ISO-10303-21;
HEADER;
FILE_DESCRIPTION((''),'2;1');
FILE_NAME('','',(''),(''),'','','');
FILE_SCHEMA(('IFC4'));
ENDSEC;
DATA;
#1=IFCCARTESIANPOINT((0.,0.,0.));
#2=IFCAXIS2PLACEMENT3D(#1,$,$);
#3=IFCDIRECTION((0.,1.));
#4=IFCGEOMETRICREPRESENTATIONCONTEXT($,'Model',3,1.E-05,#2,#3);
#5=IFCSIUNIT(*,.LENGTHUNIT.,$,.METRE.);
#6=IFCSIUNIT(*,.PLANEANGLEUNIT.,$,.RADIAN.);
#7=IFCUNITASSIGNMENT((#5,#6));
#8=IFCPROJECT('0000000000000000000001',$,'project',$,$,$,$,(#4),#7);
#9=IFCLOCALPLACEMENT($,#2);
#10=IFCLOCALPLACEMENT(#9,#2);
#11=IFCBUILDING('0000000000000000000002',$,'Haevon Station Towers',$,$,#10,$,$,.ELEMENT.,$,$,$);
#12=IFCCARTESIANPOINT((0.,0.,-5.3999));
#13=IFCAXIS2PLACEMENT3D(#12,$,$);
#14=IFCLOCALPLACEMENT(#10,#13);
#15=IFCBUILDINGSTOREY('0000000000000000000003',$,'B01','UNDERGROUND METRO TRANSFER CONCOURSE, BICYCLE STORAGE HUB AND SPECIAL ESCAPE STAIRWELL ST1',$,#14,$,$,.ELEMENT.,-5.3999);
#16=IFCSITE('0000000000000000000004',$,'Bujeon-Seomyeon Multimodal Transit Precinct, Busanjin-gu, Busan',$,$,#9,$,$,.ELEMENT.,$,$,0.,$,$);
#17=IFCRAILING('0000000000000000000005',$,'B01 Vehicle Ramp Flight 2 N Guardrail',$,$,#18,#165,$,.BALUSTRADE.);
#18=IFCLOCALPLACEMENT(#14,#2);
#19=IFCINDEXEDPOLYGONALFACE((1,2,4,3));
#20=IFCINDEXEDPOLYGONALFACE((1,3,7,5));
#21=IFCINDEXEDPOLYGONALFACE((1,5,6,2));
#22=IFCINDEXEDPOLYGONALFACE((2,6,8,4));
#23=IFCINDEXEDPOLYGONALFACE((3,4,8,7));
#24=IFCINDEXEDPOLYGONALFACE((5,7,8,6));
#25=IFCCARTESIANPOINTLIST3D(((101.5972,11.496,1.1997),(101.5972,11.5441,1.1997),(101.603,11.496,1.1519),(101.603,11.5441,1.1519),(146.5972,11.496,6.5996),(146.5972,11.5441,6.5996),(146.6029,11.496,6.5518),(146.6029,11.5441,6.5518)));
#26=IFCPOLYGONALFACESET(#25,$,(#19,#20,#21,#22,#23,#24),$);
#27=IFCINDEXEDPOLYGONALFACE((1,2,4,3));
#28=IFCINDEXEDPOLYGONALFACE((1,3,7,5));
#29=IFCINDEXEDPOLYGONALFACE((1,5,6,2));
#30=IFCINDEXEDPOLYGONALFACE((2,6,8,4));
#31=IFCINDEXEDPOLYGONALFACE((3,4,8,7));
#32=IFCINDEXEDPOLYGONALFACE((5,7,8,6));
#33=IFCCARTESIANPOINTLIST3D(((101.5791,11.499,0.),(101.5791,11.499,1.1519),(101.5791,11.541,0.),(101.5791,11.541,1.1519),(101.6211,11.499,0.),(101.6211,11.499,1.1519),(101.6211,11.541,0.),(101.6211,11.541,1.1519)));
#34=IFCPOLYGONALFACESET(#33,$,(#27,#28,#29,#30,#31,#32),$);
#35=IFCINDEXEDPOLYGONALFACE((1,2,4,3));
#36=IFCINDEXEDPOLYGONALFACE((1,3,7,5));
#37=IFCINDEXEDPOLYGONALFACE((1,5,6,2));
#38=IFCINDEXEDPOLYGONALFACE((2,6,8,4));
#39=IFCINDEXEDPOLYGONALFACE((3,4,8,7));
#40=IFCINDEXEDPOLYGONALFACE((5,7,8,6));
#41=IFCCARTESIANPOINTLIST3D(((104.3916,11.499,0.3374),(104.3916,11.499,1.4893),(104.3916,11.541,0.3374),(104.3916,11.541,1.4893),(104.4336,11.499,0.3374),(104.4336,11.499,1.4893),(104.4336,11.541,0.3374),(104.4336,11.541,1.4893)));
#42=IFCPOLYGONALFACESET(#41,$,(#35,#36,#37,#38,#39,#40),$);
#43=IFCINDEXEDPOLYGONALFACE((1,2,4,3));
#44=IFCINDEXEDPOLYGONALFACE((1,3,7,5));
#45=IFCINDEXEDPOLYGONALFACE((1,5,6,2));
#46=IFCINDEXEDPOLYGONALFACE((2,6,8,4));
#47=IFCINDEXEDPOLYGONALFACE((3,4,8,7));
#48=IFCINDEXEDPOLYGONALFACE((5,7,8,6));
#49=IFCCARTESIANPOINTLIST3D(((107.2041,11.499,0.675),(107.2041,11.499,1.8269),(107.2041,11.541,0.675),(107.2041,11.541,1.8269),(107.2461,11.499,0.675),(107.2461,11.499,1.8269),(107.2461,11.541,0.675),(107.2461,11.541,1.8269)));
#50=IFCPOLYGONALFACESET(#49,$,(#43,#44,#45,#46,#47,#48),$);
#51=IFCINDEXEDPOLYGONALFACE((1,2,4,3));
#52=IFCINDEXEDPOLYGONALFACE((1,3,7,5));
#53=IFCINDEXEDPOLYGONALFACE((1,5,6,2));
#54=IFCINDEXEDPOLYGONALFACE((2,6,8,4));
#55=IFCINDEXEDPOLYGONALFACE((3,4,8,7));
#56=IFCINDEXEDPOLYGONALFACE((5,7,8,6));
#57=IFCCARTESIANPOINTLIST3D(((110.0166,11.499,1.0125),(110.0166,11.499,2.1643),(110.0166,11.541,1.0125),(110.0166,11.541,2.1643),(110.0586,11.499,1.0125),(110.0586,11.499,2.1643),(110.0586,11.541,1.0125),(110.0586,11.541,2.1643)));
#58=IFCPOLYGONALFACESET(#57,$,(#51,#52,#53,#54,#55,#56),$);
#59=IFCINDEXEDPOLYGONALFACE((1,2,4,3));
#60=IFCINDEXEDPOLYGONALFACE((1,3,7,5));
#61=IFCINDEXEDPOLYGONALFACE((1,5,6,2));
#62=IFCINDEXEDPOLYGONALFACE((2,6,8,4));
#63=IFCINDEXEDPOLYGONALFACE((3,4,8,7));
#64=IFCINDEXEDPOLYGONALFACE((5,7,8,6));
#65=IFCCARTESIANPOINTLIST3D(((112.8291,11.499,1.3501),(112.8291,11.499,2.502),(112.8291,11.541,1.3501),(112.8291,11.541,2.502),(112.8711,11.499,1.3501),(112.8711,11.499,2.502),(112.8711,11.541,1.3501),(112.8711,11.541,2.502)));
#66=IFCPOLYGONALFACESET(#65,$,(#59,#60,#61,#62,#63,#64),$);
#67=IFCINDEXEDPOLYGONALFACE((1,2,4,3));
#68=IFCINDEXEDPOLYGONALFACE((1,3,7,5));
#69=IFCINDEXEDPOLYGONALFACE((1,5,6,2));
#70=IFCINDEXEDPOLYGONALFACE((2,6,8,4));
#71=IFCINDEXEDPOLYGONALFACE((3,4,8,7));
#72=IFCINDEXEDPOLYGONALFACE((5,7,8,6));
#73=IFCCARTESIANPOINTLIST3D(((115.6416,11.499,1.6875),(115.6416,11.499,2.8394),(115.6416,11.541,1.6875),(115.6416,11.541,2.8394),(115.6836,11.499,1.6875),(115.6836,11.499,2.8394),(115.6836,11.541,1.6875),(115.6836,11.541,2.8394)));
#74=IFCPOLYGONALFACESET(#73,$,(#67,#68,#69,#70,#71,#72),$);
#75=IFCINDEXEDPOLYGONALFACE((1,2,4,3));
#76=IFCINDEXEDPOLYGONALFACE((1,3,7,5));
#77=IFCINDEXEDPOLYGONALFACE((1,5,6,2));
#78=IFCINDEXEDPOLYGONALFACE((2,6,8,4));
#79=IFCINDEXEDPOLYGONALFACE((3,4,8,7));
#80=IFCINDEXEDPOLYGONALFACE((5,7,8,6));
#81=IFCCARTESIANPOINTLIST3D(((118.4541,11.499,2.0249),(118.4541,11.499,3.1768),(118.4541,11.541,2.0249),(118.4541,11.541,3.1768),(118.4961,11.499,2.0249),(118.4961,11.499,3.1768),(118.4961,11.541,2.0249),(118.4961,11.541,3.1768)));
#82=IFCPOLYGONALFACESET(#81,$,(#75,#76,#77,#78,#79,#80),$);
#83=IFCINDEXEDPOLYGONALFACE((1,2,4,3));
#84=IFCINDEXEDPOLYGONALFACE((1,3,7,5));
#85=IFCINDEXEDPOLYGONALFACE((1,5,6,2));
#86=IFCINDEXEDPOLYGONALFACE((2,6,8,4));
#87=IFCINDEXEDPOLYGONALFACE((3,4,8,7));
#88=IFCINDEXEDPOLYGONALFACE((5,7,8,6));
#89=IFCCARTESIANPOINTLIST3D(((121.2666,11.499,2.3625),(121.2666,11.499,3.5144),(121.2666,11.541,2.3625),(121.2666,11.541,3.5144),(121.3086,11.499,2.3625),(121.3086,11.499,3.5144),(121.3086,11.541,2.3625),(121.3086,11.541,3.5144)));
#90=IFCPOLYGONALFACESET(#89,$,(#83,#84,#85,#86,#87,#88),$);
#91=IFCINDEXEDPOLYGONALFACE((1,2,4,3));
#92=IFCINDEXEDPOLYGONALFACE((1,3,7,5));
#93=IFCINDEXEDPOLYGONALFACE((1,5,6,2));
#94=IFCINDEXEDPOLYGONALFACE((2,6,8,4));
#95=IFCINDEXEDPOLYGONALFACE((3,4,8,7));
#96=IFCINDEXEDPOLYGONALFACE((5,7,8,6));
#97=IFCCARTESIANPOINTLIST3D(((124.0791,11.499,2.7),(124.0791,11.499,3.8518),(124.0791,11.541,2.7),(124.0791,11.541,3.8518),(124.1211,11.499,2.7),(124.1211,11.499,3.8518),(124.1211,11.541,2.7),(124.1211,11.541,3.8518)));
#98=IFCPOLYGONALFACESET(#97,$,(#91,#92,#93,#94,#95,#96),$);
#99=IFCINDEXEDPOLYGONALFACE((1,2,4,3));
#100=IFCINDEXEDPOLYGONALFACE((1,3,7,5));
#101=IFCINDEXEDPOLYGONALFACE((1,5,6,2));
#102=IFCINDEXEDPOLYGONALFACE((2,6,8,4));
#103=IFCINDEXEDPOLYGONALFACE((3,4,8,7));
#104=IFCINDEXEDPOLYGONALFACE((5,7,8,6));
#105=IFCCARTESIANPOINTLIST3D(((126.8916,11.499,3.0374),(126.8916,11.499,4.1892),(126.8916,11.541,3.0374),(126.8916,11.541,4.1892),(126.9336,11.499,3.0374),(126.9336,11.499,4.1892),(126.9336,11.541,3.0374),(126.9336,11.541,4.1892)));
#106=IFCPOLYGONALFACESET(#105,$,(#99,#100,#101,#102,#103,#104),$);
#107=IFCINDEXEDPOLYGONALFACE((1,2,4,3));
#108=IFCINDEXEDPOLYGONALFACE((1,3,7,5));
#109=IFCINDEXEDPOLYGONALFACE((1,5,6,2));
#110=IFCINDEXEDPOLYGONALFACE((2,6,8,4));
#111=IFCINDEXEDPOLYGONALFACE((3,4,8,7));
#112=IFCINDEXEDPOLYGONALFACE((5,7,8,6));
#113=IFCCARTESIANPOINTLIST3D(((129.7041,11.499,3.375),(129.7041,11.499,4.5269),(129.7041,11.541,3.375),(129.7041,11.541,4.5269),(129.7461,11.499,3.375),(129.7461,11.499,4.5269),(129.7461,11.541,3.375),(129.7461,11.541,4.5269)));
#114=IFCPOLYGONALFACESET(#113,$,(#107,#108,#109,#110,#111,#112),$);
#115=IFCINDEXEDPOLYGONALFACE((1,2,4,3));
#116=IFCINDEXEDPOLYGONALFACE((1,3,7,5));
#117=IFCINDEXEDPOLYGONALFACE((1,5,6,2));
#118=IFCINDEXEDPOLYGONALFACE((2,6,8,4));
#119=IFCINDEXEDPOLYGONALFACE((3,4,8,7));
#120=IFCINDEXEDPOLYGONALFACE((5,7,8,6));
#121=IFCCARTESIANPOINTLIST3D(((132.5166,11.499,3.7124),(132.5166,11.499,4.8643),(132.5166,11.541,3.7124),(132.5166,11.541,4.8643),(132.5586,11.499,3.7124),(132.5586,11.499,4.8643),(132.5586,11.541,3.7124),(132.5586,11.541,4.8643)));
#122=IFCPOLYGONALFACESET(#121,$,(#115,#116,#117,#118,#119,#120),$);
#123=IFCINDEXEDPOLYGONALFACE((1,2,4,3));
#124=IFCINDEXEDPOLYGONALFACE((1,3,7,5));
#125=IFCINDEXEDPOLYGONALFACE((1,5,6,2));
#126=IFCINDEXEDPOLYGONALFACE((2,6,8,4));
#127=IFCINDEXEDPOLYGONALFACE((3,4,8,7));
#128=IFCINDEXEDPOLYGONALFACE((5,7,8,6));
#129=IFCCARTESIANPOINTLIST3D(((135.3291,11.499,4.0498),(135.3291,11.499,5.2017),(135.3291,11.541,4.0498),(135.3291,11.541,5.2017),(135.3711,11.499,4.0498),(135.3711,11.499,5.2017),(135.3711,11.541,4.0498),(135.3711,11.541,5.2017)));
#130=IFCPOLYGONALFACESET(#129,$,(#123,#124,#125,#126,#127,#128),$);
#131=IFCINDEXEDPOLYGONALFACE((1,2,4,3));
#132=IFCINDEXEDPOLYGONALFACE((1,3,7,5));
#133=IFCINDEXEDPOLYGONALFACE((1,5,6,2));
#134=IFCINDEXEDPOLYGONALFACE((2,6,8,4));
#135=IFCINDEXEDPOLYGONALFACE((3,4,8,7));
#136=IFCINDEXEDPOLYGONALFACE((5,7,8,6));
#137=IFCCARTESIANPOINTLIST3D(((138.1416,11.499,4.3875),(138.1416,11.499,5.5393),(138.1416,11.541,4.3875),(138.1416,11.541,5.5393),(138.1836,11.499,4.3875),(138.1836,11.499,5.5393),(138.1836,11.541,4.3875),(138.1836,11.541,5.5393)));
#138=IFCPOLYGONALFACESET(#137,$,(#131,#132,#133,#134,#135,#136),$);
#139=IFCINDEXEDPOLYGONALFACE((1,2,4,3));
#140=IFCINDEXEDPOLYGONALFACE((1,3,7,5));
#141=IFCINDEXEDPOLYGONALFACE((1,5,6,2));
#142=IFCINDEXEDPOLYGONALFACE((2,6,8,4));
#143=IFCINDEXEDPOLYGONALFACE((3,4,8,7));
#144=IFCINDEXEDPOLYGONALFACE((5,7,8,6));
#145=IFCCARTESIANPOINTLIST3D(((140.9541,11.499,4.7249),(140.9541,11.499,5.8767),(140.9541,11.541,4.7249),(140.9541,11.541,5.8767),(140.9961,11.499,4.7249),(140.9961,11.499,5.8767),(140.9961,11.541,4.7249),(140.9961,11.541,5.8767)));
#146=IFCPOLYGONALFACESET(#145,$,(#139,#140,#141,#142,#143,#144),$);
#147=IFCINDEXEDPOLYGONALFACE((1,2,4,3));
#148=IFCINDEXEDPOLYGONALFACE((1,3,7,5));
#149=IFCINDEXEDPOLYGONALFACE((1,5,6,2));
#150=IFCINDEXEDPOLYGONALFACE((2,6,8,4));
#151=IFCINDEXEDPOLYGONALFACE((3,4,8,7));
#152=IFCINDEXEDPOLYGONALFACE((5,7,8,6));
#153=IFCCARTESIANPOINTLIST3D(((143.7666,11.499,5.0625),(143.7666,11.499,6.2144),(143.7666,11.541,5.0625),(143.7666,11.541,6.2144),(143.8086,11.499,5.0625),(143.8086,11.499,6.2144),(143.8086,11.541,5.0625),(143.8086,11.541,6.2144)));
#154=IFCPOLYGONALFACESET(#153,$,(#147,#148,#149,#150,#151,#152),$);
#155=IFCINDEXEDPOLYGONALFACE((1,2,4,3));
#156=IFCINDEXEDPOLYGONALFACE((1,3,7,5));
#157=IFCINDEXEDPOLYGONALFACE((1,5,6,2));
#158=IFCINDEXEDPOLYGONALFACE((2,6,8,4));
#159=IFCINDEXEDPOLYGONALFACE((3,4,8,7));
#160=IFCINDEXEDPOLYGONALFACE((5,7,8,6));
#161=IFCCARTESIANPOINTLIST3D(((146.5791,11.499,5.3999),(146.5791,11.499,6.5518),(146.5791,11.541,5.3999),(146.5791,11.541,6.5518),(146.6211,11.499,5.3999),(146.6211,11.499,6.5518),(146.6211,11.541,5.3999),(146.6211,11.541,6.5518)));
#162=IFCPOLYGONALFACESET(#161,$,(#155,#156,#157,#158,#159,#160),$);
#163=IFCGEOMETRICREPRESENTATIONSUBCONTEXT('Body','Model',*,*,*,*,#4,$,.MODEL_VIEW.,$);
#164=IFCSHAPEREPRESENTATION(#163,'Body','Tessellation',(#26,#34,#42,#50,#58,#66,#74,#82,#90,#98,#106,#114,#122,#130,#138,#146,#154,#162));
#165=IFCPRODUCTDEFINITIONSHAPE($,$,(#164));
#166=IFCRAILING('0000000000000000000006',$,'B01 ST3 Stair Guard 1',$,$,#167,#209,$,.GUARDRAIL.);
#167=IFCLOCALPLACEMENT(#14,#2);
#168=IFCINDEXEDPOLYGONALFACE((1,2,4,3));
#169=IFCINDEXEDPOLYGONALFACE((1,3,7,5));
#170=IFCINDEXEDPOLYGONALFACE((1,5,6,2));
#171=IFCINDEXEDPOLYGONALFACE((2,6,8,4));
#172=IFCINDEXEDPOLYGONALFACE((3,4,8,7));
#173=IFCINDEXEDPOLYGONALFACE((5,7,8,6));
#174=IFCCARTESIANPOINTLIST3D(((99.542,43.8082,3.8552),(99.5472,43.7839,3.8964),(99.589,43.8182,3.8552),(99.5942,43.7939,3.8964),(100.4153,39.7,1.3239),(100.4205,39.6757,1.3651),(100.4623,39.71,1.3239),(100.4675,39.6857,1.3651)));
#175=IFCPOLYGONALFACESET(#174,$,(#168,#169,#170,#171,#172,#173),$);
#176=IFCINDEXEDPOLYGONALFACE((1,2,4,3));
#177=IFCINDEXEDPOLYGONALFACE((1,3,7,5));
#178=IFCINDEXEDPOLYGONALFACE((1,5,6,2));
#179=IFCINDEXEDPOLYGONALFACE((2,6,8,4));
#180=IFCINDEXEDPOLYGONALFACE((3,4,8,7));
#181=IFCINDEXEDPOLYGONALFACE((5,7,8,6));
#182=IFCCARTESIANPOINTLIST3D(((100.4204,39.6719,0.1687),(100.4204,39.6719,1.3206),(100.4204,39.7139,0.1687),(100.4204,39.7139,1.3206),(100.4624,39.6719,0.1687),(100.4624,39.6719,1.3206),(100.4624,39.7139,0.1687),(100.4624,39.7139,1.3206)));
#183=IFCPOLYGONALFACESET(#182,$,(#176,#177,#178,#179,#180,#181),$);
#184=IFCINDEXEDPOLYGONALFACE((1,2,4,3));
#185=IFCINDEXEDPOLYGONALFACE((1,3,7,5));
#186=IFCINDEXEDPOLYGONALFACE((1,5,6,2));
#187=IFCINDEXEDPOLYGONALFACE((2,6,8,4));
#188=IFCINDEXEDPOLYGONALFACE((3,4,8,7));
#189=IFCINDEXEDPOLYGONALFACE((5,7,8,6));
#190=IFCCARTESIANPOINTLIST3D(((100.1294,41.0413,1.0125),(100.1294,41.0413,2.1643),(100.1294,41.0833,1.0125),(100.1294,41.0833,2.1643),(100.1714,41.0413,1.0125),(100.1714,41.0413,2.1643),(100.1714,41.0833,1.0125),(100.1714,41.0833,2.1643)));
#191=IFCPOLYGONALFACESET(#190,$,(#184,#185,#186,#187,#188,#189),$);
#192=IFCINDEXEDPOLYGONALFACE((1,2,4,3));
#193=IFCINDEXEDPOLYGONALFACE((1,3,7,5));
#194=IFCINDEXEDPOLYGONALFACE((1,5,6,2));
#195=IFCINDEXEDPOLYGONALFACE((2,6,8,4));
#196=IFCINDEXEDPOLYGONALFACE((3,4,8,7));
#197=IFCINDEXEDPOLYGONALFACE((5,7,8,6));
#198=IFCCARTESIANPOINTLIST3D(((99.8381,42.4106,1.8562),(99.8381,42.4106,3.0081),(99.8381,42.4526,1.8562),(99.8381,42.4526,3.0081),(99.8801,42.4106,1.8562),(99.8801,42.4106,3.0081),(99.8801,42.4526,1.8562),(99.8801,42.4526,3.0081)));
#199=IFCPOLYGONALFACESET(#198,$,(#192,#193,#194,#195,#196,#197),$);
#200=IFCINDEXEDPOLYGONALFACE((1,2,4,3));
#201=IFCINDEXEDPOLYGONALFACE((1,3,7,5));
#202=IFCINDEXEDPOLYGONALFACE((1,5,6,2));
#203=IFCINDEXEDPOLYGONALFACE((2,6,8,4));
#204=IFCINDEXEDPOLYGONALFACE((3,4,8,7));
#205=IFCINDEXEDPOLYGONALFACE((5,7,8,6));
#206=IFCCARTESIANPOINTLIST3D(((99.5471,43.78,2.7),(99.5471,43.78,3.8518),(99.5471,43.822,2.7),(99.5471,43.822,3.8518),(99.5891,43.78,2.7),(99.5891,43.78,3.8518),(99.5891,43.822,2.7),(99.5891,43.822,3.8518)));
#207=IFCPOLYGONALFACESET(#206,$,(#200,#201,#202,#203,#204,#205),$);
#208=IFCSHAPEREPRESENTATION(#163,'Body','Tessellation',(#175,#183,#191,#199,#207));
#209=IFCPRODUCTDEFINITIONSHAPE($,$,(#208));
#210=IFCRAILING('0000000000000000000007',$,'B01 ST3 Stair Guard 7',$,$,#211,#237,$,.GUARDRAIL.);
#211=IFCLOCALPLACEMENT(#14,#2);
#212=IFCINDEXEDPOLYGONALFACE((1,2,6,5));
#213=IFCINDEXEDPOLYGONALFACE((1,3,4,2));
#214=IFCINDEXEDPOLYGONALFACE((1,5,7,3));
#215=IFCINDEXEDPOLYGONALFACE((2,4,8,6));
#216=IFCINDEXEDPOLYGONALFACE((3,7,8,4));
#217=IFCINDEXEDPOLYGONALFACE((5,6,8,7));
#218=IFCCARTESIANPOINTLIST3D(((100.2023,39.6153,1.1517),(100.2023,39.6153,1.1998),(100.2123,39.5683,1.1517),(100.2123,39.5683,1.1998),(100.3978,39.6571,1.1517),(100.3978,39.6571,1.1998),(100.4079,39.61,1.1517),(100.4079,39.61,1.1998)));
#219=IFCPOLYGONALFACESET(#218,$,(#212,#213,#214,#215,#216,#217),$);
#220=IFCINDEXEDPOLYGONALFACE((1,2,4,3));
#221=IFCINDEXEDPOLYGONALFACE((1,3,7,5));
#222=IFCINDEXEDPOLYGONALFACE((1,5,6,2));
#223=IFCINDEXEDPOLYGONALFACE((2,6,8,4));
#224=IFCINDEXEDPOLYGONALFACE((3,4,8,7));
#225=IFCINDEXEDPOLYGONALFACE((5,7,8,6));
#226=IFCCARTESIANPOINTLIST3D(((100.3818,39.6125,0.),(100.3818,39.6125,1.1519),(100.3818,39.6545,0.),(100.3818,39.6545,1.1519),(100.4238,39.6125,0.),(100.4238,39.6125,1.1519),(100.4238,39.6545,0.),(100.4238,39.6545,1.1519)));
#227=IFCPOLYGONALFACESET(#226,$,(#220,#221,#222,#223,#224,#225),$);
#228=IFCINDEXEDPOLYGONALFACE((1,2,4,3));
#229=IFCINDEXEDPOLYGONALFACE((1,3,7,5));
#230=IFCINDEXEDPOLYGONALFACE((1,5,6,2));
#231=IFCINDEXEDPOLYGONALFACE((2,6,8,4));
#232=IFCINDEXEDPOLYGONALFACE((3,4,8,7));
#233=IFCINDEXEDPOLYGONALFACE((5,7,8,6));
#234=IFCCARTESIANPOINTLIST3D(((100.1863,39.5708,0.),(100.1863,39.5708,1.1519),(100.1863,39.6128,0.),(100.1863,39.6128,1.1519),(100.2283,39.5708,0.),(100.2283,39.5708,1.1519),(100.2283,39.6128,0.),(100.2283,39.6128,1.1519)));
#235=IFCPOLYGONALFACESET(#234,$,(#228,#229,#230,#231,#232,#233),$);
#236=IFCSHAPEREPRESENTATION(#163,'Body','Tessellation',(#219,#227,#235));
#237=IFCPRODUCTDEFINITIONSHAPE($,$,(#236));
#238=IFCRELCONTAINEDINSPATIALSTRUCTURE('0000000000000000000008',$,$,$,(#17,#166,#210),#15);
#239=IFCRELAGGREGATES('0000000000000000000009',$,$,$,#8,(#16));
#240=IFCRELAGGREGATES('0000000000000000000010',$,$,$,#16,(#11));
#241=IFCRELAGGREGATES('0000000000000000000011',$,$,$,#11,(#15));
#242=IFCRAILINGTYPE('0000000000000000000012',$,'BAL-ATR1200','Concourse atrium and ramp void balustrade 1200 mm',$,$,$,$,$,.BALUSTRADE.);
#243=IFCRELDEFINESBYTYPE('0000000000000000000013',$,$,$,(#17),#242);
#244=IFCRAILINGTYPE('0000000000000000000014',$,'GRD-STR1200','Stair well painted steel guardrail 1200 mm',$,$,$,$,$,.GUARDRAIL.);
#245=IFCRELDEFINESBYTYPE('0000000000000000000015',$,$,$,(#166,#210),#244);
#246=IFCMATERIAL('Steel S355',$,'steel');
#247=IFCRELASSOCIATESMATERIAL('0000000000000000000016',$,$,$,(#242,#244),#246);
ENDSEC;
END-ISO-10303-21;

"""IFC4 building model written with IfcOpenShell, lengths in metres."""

from ifc_helpers import new_model, si_unit, direction, frame, origin, origin_2d, place, context, subcontext, project, spatial, rectangle, extrude, material, type_object, element, save


model = new_model("IFC4")

# Units and contexts
model_context = context("Model", 3, precision=1e-05, world=origin(), true_north=direction((0.0, 1.0)))
body_context = subcontext(model_context, "Body", "Model", "MODEL_VIEW")
ifc_project = project(units=[si_unit("LENGTHUNIT", "METRE"), si_unit("PLANEANGLEUNIT", "RADIAN")], contexts=[model_context])

# Site, building, storey
site_placement = place(None, origin())
site = spatial("IfcSite", under=ifc_project, at=site_placement, Name="Bujeon-Seomyeon Multimodal Transit Precinct, Busanjin-gu, Busan", CompositionType="ELEMENT", RefElevation=0.0)
building_placement = place(site_placement, origin())
building = spatial("IfcBuilding", under=site, at=building_placement, Name="Haevon Station Towers", CompositionType="ELEMENT")
storey_placement = place(building_placement, frame((0.0, 0.0, -5.3999)))
storey = spatial("IfcBuildingStorey", under=building, at=storey_placement, Name="B01", Description="UNDERGROUND METRO TRANSFER CONCOURSE, BICYCLE STORAGE HUB AND SPECIAL ESCAPE STAIRWELL ST1", CompositionType="ELEMENT", Elevation=-5.3999)

# Shared definitions
ifc_material_1 = material(Name="Steel S355", Category="steel")

# Railings
railing_type_1 = type_object("IfcRailingType", Name="BAL-ATR1200", Description="Concourse atrium and ramp void balustrade 1200 mm", PredefinedType="BALUSTRADE", material=ifc_material_1)
railing_1_placement = place(storey_placement, frame((101.6001, 11.52, 0.0)))
element("IfcRailing", 1, at=railing_1_placement, inside=storey, type_object=railing_type_1, Name="B01 Vehicle Ramp Flight 2 N Guardrail", PredefinedType="BALUSTRADE", context=body_context, shape_type="SweptSolid", body=[
    extrude(rectangle(XDim=0.0481, YDim=0.0481, at=origin_2d()), frame((0.0, 0.0, 1.1758), z_axis=(0.992877, 0.0, 0.119143), x_axis=(0.0, 1.0, 0.0)), (0.0, 0.0, 1.0), 45.3228),
    extrude(rectangle(XDim=0.042, YDim=0.042, at=origin_2d()), origin(), (0.0, 0.0, 1.0), 1.1519),
    extrude(rectangle(XDim=0.042, YDim=0.042, at=origin_2d()), frame((2.8125, 0.0, 0.3374)), (0.0, 0.0, 1.0), 1.1519),
    extrude(rectangle(XDim=0.042, YDim=0.042, at=origin_2d()), frame((5.625, 0.0, 0.675)), (0.0, 0.0, 1.0), 1.1519),
    extrude(rectangle(XDim=0.042, YDim=0.042, at=origin_2d()), frame((8.4375, 0.0, 1.0125)), (0.0, 0.0, 1.0), 1.1519),
    extrude(rectangle(XDim=0.042, YDim=0.042, at=origin_2d()), frame((11.25, 0.0, 1.3501)), (0.0, 0.0, 1.0), 1.1519),
    extrude(rectangle(XDim=0.042, YDim=0.042, at=origin_2d()), frame((14.0625, 0.0, 1.6875)), (0.0, 0.0, 1.0), 1.1519),
    extrude(rectangle(XDim=0.042, YDim=0.042, at=origin_2d()), frame((16.875, 0.0, 2.0249)), (0.0, 0.0, 1.0), 1.1519),
    extrude(rectangle(XDim=0.042, YDim=0.042, at=origin_2d()), frame((19.6875, 0.0, 2.3625)), (0.0, 0.0, 1.0), 1.1519),
    extrude(rectangle(XDim=0.042, YDim=0.042, at=origin_2d()), frame((22.5, 0.0, 2.7)), (0.0, 0.0, 1.0), 1.1519),
    extrude(rectangle(XDim=0.042, YDim=0.042, at=origin_2d()), frame((25.3125, 0.0, 3.0374)), (0.0, 0.0, 1.0), 1.1519),
    extrude(rectangle(XDim=0.042, YDim=0.042, at=origin_2d()), frame((28.125, 0.0, 3.375)), (0.0, 0.0, 1.0), 1.1519),
    extrude(rectangle(XDim=0.042, YDim=0.042, at=origin_2d()), frame((30.9375, 0.0, 3.7124)), (0.0, 0.0, 1.0), 1.1519),
    extrude(rectangle(XDim=0.042, YDim=0.042, at=origin_2d()), frame((33.75, 0.0, 4.0498)), (0.0, 0.0, 1.0), 1.1519),
    extrude(rectangle(XDim=0.042, YDim=0.042, at=origin_2d()), frame((36.5625, 0.0, 4.3875)), (0.0, 0.0, 1.0), 1.1519),
    extrude(rectangle(XDim=0.042, YDim=0.042, at=origin_2d()), frame((39.375, 0.0, 4.7249)), (0.0, 0.0, 1.0), 1.1519),
    extrude(rectangle(XDim=0.042, YDim=0.042, at=origin_2d()), frame((42.1875, 0.0, 5.0625)), (0.0, 0.0, 1.0), 1.1519),
    extrude(rectangle(XDim=0.042, YDim=0.042, at=origin_2d()), frame((45.0, 0.0, 5.3999)), (0.0, 0.0, 1.0), 1.1519),
])
railing_type_2 = type_object("IfcRailingType", Name="GRD-STR1200", Description="Stair well painted steel guardrail 1200 mm", PredefinedType="GUARDRAIL", material=ifc_material_1)
railing_2_placement = place(storey_placement, frame((100.4414, 39.6929, 0.1687)))
element("IfcRailing", 2, at=railing_2_placement, inside=storey, type_object=railing_type_2, Name="B01 ST3 Stair Guard 1", PredefinedType="GUARDRAIL", context=body_context, shape_type="SweptSolid", body=[
    extrude(rectangle(XDim=0.0481, YDim=0.0481, at=origin_2d()), frame((0.0, 0.0, 1.1758), z_axis=(-0.178086, 0.837757, 0.516186), x_axis=(-0.978144, -0.207929, 0.0)), (0.0, 0.0, 1.0), 4.9038),
    extrude(rectangle(XDim=0.042, YDim=0.042, at=origin_2d()), origin(), (0.0, 0.0, 1.0), 1.1519),
    extrude(rectangle(XDim=0.042, YDim=0.042, at=origin_2d()), frame((-0.291, 1.3694, 0.8438)), (0.0, 0.0, 1.0), 1.1519),
    extrude(rectangle(XDim=0.042, YDim=0.042, at=origin_2d()), frame((-0.5823, 2.7388, 1.6875)), (0.0, 0.0, 1.0), 1.1519),
    extrude(rectangle(XDim=0.042, YDim=0.042, at=origin_2d()), frame((-0.8733, 4.1082, 2.5312)), (0.0, 0.0, 1.0), 1.1519),
])
railing_3_placement = place(storey_placement, frame((100.4028, 39.6335, 0.0)))
element("IfcRailing", 3, at=railing_3_placement, inside=storey, type_object=railing_type_2, Name="B01 ST3 Stair Guard 7", PredefinedType="GUARDRAIL", context=body_context, shape_type="SweptSolid", body=[
    extrude(rectangle(XDim=0.0481, YDim=0.0481, at=origin_2d()), frame((0.0, 0.0, 1.1758), z_axis=(-0.977963, -0.208779, 0.0), x_axis=(0.208779, -0.977963, 0.0)), (0.0, 0.0, 1.0), 0.2),
    extrude(rectangle(XDim=0.042, YDim=0.042, at=origin_2d()), origin(), (0.0, 0.0, 1.0), 1.1519),
    extrude(rectangle(XDim=0.042, YDim=0.042, at=origin_2d()), frame((-0.1956, -0.0417, 0.0)), (0.0, 0.0, 1.0), 1.1519),
])

save(model, "model.ifc")
